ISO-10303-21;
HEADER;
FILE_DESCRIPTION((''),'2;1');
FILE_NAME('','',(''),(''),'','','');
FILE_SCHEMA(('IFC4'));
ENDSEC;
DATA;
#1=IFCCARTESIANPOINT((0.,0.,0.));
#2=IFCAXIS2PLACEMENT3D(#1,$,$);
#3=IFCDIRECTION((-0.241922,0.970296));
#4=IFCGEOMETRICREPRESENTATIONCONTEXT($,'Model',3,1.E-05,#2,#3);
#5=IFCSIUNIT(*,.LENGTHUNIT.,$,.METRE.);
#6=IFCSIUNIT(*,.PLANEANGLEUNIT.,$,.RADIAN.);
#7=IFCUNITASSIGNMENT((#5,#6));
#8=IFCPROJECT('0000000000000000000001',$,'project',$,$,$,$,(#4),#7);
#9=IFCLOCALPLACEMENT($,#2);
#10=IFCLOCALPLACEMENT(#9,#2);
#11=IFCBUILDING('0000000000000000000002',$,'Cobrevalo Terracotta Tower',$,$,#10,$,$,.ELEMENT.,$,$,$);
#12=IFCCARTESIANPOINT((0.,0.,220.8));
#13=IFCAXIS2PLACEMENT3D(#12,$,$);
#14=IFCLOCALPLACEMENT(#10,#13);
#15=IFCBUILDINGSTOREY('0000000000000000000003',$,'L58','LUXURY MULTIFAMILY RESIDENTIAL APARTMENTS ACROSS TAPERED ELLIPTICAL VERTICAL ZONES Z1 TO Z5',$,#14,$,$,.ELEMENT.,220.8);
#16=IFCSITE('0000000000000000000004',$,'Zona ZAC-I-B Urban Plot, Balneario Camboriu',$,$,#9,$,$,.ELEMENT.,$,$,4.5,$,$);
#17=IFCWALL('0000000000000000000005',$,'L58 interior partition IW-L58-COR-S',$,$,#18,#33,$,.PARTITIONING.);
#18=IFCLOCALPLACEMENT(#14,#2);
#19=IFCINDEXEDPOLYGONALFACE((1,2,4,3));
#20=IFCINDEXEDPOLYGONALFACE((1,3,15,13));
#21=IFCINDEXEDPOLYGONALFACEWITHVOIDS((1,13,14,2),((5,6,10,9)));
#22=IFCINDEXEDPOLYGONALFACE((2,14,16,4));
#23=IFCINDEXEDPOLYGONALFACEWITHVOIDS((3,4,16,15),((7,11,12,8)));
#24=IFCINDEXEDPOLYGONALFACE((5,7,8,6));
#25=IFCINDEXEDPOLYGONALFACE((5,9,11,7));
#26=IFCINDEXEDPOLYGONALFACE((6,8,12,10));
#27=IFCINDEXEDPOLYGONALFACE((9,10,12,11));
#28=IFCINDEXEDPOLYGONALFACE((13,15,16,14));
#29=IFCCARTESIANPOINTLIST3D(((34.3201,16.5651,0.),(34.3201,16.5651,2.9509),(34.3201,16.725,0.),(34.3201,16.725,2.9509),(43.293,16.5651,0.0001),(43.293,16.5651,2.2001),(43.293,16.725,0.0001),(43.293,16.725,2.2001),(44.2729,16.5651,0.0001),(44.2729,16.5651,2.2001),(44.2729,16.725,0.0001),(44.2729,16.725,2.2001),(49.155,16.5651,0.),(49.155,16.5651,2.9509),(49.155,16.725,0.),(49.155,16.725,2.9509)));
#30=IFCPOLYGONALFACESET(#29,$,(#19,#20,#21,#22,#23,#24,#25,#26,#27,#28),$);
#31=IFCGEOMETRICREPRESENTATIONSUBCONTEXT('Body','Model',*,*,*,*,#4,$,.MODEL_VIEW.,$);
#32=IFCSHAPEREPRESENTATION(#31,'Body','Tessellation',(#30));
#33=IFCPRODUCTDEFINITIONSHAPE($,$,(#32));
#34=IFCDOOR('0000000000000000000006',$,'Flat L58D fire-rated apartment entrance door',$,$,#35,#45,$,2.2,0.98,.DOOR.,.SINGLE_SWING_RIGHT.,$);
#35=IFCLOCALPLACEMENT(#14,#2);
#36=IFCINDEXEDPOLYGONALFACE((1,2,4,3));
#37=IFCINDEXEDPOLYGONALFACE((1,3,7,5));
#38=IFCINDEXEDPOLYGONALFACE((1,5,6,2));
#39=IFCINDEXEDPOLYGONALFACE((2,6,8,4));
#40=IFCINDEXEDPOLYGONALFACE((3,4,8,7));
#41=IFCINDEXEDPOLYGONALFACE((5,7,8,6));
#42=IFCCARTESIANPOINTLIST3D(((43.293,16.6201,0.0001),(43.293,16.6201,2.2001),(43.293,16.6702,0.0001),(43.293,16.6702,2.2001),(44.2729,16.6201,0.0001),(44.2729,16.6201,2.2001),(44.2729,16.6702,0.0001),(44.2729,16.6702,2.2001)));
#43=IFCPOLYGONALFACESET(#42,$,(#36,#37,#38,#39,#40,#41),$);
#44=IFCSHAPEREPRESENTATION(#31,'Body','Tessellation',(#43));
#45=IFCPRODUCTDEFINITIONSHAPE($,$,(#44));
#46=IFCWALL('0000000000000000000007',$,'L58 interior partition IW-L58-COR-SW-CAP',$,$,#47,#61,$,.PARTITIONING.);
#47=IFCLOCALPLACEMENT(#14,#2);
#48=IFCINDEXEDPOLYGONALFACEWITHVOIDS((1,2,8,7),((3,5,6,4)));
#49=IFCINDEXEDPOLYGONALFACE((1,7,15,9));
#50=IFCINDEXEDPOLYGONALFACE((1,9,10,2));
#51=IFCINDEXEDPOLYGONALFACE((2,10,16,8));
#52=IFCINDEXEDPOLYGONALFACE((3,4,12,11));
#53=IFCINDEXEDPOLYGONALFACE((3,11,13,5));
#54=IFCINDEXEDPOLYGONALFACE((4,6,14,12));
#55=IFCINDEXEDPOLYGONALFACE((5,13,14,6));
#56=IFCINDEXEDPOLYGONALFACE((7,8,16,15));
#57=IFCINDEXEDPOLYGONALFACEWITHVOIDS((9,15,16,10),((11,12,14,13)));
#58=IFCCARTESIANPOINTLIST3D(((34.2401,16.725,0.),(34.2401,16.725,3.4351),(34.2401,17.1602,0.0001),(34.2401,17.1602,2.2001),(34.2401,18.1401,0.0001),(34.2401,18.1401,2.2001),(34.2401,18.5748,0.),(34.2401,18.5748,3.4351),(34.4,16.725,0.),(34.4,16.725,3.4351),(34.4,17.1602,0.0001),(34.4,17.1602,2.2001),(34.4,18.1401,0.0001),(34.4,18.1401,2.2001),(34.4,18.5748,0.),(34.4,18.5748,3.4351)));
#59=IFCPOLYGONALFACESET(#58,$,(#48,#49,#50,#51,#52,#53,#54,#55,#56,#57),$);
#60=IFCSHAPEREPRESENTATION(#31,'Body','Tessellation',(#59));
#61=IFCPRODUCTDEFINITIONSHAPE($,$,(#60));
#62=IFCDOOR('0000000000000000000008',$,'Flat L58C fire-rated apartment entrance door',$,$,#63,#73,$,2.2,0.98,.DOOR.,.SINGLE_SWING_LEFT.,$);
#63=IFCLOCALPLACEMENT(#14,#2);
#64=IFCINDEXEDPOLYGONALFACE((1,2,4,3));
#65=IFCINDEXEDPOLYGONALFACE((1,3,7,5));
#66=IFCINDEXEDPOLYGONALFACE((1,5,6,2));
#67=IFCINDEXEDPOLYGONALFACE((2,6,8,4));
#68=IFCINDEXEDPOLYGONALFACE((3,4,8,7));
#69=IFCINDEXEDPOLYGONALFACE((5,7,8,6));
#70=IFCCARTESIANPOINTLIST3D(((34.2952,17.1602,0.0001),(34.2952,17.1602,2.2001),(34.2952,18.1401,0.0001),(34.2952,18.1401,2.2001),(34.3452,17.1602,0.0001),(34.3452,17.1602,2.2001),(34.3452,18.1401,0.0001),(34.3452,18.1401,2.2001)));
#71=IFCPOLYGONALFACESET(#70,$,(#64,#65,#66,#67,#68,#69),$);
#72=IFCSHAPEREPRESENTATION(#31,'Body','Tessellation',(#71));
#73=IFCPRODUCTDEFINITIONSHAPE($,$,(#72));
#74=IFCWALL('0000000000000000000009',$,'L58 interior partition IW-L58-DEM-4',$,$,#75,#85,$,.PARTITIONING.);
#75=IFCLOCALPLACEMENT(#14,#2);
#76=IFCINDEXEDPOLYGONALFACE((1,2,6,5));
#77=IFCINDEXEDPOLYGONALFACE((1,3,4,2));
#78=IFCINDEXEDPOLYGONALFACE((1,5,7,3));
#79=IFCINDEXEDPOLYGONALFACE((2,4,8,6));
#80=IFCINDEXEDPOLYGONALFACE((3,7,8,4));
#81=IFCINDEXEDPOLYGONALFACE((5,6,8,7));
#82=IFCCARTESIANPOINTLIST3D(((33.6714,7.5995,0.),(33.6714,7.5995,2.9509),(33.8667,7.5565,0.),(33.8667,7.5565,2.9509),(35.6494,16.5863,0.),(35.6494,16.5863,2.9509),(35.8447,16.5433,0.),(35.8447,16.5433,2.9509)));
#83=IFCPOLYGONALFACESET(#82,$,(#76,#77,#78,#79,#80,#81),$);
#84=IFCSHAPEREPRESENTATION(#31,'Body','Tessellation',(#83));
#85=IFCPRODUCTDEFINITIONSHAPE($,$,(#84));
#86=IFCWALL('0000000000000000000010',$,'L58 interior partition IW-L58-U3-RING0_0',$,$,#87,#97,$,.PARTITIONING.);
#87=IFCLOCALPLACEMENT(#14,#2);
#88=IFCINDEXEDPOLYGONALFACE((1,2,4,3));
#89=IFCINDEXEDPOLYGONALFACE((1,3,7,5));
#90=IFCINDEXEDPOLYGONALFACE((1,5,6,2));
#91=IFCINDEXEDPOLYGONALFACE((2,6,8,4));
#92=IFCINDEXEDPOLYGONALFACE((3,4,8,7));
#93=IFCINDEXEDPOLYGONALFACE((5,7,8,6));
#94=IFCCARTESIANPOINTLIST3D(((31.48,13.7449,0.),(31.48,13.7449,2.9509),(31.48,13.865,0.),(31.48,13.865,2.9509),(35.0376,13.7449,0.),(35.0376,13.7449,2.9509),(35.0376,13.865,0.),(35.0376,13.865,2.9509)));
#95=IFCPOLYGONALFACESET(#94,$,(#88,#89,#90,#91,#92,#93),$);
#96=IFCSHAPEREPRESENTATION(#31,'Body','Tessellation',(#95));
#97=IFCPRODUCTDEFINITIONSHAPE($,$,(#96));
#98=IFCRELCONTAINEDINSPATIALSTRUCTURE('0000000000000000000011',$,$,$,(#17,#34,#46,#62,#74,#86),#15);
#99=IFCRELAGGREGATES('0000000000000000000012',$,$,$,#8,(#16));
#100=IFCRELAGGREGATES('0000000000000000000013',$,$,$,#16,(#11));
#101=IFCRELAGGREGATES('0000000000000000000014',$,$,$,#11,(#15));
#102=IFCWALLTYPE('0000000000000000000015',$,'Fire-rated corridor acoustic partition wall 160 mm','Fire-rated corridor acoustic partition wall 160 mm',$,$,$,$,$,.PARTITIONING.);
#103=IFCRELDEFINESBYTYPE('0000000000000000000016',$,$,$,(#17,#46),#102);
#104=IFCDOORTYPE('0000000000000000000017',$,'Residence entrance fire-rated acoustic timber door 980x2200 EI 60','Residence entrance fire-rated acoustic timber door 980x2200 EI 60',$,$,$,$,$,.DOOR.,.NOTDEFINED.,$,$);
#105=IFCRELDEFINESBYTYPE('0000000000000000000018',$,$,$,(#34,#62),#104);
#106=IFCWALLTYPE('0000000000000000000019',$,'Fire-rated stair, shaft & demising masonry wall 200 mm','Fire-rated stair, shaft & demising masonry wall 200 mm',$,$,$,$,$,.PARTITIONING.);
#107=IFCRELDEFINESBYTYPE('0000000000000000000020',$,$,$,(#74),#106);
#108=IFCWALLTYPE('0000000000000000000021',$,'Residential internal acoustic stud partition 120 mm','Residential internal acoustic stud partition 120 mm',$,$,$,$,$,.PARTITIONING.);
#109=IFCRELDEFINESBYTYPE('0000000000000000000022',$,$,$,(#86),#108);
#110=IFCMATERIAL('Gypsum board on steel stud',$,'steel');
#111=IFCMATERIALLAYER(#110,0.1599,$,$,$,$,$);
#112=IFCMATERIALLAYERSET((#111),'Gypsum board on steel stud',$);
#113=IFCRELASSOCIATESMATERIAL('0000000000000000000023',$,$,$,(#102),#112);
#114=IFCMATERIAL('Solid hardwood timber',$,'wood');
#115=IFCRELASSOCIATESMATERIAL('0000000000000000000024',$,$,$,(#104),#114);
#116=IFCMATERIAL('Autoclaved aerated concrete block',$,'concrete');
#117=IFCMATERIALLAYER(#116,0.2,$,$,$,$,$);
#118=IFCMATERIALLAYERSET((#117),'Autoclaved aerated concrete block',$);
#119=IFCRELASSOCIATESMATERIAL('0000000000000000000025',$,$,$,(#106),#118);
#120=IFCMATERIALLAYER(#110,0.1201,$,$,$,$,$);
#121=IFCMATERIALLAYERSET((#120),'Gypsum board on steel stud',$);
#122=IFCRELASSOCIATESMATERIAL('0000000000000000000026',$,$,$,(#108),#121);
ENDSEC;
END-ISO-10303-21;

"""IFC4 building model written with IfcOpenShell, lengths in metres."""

from ifc_helpers import new_model, si_unit, direction, frame, frame_2d, origin, place, context, subcontext, project, spatial, rectangle, extrude, source, transform, mapped, material, layer, layer_set, type_object, element, fill, save


model = new_model("IFC4")

# Units and contexts
model_context = context("Model", 3, precision=1e-05, world=origin(), true_north=direction((-0.241922, 0.970296)))
body_context = subcontext(model_context, "Body", "Model", "MODEL_VIEW")
ifc_project = project(units=[si_unit("LENGTHUNIT", "METRE"), si_unit("PLANEANGLEUNIT", "RADIAN")], contexts=[model_context])

# Site, building, storey
site_placement = place(None, origin())
site = spatial("IfcSite", under=ifc_project, at=site_placement, Name="Zona ZAC-I-B Urban Plot, Balneario Camboriu", CompositionType="ELEMENT", RefElevation=4.5)
building_placement = place(site_placement, origin())
building = spatial("IfcBuilding", under=site, at=building_placement, Name="Cobrevalo Terracotta Tower", CompositionType="ELEMENT")
storey_placement = place(building_placement, frame((0.0, 0.0, 220.8)))
storey = spatial("IfcBuildingStorey", under=building, at=storey_placement, Name="L58", Description="LUXURY MULTIFAMILY RESIDENTIAL APARTMENTS ACROSS TAPERED ELLIPTICAL VERTICAL ZONES Z1 TO Z5", CompositionType="ELEMENT", Elevation=220.8)

# Walls, openings, doors
ifc_material_1 = material(Name="Gypsum board on steel stud", Category="steel")
ifc_layer_1 = layer(ifc_material_1, 0.1599)
ifc_layer_set_1 = layer_set([ifc_layer_1], Name="Gypsum board on steel stud")
wall_type_1 = type_object("IfcWallType", Name="Fire-rated corridor acoustic partition wall 160 mm", Description="Fire-rated corridor acoustic partition wall 160 mm", PredefinedType="PARTITIONING", material=ifc_layer_set_1)
wall_1_placement = place(storey_placement, frame((34.3201, 16.645, 0.0), z_axis=(0.0, 0.0, 1.0), x_axis=(1.0, 0.0, 0.0)))
wall_1 = element("IfcWall", 1, at=wall_1_placement, inside=storey, type_object=wall_type_1, Name="L58 interior partition IW-L58-COR-S", PredefinedType="PARTITIONING", context=body_context, shape_type="SweptSolid", body=[
    extrude(rectangle(XDim=14.835, YDim=0.1599, at=frame_2d((7.4175, 0.0))), origin(), (0.0, 0.0, 1.0), 2.9509),
])
opening_1_placement = place(wall_1_placement, frame((8.9729, 0.0, 0.0)))
opening_1 = element("IfcOpeningElement", 2, at=opening_1_placement, cuts=wall_1, PredefinedType="OPENING", context=body_context, shape_type="SweptSolid", body=[
    extrude(rectangle(XDim=0.98, YDim=2.2, at=frame_2d((0.49, 1.1001))), frame((0.0, 0.0898, 0.0), z_axis=(0.0, -1.0, 0.0), x_axis=(1.0, 0.0, 0.0)), (0.0, 0.0, 1.0), 0.1799),
])
ifc_material_2 = material(Name="Solid hardwood timber", Category="wood")
door_type_1 = type_object("IfcDoorType", Name="Residence entrance fire-rated acoustic timber door 980x2200 EI 60", Description="Residence entrance fire-rated acoustic timber door 980x2200 EI 60", OperationType="NOTDEFINED", PredefinedType="DOOR", material=ifc_material_2)
shared_shape_1 = source(origin(), body_context, "Body", "SweptSolid", [
    extrude(rectangle(XDim=0.98, YDim=2.2, at=frame_2d((0.49, 1.1001))), frame((0.0, 0.0249, 0.0), z_axis=(0.0, -1.0, 0.0), x_axis=(1.0, 0.0, 0.0)), (0.0, 0.0, 1.0), 0.05),
])
door_1_placement = place(opening_1_placement, frame((0.98, 0.0, 0.0), z_axis=(0.0, 0.0, 1.0), x_axis=(-1.0, 0.0, 0.0)))
door_1 = element("IfcDoor", 3, at=door_1_placement, inside=storey, type_object=door_type_1, Name="Flat L58D fire-rated apartment entrance door", OperationType="SINGLE_SWING_RIGHT", OverallHeight=2.2, OverallWidth=0.98, PredefinedType="DOOR", context=body_context, shape_type="MappedRepresentation", body=[
    mapped(shared_shape_1, transform((0.0, 0.0, 0.0), scale=1.0)),
])
fill(opening_1, door_1)
wall_2_placement = place(storey_placement, frame((34.3201, 16.7251, 0.0), z_axis=(0.0, 0.0, 1.0), x_axis=(0.0, 1.0, 0.0)))
wall_2 = element("IfcWall", 4, at=wall_2_placement, inside=storey, type_object=wall_type_1, Name="L58 interior partition IW-L58-COR-SW-CAP", PredefinedType="PARTITIONING", context=body_context, shape_type="SweptSolid", body=[
    extrude(rectangle(XDim=1.8499, YDim=0.1599, at=frame_2d((0.9248, 0.0))), origin(), (0.0, 0.0, 1.0), 3.4351),
])
opening_2_placement = place(wall_2_placement, frame((0.4351, 0.0, 0.0)))
opening_2 = element("IfcOpeningElement", 5, at=opening_2_placement, cuts=wall_2, PredefinedType="OPENING", context=body_context, shape_type="SweptSolid", body=[
    extrude(rectangle(XDim=0.98, YDim=2.2, at=frame_2d((0.49, 1.1001))), frame((0.0, 0.0898, 0.0), z_axis=(0.0, -1.0, 0.0), x_axis=(1.0, 0.0, 0.0)), (0.0, 0.0, 1.0), 0.1799),
])
door_2_placement = place(opening_2_placement, origin())
door_2 = element("IfcDoor", 6, at=door_2_placement, inside=storey, type_object=door_type_1, Name="Flat L58C fire-rated apartment entrance door", OperationType="SINGLE_SWING_LEFT", OverallHeight=2.2, OverallWidth=0.98, PredefinedType="DOOR", context=body_context, shape_type="MappedRepresentation", body=[
    mapped(shared_shape_1, transform((0.0, 0.0, 0.0), scale=1.0)),
])
fill(opening_2, door_2)

# Walls
ifc_material_3 = material(Name="Autoclaved aerated concrete block", Category="concrete")
ifc_layer_2 = layer(ifc_material_3, 0.2)
ifc_layer_set_2 = layer_set([ifc_layer_2], Name="Autoclaved aerated concrete block")
wall_type_2 = type_object("IfcWallType", Name="Fire-rated stair, shaft & demising masonry wall 200 mm", Description="Fire-rated stair, shaft & demising masonry wall 200 mm", PredefinedType="PARTITIONING", material=ifc_layer_set_2)
wall_3_placement = place(storey_placement, frame((35.7471, 16.5649, 0.0), z_axis=(0.0, 0.0, 1.0), x_axis=(-0.214958, -0.976623, 0.0)))
element("IfcWall", 7, at=wall_3_placement, inside=storey, type_object=wall_type_2, Name="L58 interior partition IW-L58-DEM-4", PredefinedType="PARTITIONING", context=body_context, shape_type="SweptSolid", body=[
    extrude(rectangle(XDim=9.2019, YDim=0.2, at=frame_2d((4.6011, 0.0))), origin(), (0.0, 0.0, 1.0), 2.9509),
])
ifc_layer_3 = layer(ifc_material_1, 0.1201)
ifc_layer_set_3 = layer_set([ifc_layer_3], Name="Gypsum board on steel stud")
wall_type_3 = type_object("IfcWallType", Name="Residential internal acoustic stud partition 120 mm", Description="Residential internal acoustic stud partition 120 mm", PredefinedType="PARTITIONING", material=ifc_layer_set_3)
wall_4_placement = place(storey_placement, frame((35.0376, 13.8049, 0.0), z_axis=(0.0, 0.0, 1.0), x_axis=(-1.0, 0.0, 0.0)))
element("IfcWall", 8, at=wall_4_placement, inside=storey, type_object=wall_type_3, Name="L58 interior partition IW-L58-U3-RING0_0", PredefinedType="PARTITIONING", context=body_context, shape_type="SweptSolid", body=[
    extrude(rectangle(XDim=3.5576, YDim=0.1201, at=frame_2d((1.7788, 0.0))), origin(), (0.0, 0.0, 1.0), 2.9509),
])

save(model, "model.ifc")
